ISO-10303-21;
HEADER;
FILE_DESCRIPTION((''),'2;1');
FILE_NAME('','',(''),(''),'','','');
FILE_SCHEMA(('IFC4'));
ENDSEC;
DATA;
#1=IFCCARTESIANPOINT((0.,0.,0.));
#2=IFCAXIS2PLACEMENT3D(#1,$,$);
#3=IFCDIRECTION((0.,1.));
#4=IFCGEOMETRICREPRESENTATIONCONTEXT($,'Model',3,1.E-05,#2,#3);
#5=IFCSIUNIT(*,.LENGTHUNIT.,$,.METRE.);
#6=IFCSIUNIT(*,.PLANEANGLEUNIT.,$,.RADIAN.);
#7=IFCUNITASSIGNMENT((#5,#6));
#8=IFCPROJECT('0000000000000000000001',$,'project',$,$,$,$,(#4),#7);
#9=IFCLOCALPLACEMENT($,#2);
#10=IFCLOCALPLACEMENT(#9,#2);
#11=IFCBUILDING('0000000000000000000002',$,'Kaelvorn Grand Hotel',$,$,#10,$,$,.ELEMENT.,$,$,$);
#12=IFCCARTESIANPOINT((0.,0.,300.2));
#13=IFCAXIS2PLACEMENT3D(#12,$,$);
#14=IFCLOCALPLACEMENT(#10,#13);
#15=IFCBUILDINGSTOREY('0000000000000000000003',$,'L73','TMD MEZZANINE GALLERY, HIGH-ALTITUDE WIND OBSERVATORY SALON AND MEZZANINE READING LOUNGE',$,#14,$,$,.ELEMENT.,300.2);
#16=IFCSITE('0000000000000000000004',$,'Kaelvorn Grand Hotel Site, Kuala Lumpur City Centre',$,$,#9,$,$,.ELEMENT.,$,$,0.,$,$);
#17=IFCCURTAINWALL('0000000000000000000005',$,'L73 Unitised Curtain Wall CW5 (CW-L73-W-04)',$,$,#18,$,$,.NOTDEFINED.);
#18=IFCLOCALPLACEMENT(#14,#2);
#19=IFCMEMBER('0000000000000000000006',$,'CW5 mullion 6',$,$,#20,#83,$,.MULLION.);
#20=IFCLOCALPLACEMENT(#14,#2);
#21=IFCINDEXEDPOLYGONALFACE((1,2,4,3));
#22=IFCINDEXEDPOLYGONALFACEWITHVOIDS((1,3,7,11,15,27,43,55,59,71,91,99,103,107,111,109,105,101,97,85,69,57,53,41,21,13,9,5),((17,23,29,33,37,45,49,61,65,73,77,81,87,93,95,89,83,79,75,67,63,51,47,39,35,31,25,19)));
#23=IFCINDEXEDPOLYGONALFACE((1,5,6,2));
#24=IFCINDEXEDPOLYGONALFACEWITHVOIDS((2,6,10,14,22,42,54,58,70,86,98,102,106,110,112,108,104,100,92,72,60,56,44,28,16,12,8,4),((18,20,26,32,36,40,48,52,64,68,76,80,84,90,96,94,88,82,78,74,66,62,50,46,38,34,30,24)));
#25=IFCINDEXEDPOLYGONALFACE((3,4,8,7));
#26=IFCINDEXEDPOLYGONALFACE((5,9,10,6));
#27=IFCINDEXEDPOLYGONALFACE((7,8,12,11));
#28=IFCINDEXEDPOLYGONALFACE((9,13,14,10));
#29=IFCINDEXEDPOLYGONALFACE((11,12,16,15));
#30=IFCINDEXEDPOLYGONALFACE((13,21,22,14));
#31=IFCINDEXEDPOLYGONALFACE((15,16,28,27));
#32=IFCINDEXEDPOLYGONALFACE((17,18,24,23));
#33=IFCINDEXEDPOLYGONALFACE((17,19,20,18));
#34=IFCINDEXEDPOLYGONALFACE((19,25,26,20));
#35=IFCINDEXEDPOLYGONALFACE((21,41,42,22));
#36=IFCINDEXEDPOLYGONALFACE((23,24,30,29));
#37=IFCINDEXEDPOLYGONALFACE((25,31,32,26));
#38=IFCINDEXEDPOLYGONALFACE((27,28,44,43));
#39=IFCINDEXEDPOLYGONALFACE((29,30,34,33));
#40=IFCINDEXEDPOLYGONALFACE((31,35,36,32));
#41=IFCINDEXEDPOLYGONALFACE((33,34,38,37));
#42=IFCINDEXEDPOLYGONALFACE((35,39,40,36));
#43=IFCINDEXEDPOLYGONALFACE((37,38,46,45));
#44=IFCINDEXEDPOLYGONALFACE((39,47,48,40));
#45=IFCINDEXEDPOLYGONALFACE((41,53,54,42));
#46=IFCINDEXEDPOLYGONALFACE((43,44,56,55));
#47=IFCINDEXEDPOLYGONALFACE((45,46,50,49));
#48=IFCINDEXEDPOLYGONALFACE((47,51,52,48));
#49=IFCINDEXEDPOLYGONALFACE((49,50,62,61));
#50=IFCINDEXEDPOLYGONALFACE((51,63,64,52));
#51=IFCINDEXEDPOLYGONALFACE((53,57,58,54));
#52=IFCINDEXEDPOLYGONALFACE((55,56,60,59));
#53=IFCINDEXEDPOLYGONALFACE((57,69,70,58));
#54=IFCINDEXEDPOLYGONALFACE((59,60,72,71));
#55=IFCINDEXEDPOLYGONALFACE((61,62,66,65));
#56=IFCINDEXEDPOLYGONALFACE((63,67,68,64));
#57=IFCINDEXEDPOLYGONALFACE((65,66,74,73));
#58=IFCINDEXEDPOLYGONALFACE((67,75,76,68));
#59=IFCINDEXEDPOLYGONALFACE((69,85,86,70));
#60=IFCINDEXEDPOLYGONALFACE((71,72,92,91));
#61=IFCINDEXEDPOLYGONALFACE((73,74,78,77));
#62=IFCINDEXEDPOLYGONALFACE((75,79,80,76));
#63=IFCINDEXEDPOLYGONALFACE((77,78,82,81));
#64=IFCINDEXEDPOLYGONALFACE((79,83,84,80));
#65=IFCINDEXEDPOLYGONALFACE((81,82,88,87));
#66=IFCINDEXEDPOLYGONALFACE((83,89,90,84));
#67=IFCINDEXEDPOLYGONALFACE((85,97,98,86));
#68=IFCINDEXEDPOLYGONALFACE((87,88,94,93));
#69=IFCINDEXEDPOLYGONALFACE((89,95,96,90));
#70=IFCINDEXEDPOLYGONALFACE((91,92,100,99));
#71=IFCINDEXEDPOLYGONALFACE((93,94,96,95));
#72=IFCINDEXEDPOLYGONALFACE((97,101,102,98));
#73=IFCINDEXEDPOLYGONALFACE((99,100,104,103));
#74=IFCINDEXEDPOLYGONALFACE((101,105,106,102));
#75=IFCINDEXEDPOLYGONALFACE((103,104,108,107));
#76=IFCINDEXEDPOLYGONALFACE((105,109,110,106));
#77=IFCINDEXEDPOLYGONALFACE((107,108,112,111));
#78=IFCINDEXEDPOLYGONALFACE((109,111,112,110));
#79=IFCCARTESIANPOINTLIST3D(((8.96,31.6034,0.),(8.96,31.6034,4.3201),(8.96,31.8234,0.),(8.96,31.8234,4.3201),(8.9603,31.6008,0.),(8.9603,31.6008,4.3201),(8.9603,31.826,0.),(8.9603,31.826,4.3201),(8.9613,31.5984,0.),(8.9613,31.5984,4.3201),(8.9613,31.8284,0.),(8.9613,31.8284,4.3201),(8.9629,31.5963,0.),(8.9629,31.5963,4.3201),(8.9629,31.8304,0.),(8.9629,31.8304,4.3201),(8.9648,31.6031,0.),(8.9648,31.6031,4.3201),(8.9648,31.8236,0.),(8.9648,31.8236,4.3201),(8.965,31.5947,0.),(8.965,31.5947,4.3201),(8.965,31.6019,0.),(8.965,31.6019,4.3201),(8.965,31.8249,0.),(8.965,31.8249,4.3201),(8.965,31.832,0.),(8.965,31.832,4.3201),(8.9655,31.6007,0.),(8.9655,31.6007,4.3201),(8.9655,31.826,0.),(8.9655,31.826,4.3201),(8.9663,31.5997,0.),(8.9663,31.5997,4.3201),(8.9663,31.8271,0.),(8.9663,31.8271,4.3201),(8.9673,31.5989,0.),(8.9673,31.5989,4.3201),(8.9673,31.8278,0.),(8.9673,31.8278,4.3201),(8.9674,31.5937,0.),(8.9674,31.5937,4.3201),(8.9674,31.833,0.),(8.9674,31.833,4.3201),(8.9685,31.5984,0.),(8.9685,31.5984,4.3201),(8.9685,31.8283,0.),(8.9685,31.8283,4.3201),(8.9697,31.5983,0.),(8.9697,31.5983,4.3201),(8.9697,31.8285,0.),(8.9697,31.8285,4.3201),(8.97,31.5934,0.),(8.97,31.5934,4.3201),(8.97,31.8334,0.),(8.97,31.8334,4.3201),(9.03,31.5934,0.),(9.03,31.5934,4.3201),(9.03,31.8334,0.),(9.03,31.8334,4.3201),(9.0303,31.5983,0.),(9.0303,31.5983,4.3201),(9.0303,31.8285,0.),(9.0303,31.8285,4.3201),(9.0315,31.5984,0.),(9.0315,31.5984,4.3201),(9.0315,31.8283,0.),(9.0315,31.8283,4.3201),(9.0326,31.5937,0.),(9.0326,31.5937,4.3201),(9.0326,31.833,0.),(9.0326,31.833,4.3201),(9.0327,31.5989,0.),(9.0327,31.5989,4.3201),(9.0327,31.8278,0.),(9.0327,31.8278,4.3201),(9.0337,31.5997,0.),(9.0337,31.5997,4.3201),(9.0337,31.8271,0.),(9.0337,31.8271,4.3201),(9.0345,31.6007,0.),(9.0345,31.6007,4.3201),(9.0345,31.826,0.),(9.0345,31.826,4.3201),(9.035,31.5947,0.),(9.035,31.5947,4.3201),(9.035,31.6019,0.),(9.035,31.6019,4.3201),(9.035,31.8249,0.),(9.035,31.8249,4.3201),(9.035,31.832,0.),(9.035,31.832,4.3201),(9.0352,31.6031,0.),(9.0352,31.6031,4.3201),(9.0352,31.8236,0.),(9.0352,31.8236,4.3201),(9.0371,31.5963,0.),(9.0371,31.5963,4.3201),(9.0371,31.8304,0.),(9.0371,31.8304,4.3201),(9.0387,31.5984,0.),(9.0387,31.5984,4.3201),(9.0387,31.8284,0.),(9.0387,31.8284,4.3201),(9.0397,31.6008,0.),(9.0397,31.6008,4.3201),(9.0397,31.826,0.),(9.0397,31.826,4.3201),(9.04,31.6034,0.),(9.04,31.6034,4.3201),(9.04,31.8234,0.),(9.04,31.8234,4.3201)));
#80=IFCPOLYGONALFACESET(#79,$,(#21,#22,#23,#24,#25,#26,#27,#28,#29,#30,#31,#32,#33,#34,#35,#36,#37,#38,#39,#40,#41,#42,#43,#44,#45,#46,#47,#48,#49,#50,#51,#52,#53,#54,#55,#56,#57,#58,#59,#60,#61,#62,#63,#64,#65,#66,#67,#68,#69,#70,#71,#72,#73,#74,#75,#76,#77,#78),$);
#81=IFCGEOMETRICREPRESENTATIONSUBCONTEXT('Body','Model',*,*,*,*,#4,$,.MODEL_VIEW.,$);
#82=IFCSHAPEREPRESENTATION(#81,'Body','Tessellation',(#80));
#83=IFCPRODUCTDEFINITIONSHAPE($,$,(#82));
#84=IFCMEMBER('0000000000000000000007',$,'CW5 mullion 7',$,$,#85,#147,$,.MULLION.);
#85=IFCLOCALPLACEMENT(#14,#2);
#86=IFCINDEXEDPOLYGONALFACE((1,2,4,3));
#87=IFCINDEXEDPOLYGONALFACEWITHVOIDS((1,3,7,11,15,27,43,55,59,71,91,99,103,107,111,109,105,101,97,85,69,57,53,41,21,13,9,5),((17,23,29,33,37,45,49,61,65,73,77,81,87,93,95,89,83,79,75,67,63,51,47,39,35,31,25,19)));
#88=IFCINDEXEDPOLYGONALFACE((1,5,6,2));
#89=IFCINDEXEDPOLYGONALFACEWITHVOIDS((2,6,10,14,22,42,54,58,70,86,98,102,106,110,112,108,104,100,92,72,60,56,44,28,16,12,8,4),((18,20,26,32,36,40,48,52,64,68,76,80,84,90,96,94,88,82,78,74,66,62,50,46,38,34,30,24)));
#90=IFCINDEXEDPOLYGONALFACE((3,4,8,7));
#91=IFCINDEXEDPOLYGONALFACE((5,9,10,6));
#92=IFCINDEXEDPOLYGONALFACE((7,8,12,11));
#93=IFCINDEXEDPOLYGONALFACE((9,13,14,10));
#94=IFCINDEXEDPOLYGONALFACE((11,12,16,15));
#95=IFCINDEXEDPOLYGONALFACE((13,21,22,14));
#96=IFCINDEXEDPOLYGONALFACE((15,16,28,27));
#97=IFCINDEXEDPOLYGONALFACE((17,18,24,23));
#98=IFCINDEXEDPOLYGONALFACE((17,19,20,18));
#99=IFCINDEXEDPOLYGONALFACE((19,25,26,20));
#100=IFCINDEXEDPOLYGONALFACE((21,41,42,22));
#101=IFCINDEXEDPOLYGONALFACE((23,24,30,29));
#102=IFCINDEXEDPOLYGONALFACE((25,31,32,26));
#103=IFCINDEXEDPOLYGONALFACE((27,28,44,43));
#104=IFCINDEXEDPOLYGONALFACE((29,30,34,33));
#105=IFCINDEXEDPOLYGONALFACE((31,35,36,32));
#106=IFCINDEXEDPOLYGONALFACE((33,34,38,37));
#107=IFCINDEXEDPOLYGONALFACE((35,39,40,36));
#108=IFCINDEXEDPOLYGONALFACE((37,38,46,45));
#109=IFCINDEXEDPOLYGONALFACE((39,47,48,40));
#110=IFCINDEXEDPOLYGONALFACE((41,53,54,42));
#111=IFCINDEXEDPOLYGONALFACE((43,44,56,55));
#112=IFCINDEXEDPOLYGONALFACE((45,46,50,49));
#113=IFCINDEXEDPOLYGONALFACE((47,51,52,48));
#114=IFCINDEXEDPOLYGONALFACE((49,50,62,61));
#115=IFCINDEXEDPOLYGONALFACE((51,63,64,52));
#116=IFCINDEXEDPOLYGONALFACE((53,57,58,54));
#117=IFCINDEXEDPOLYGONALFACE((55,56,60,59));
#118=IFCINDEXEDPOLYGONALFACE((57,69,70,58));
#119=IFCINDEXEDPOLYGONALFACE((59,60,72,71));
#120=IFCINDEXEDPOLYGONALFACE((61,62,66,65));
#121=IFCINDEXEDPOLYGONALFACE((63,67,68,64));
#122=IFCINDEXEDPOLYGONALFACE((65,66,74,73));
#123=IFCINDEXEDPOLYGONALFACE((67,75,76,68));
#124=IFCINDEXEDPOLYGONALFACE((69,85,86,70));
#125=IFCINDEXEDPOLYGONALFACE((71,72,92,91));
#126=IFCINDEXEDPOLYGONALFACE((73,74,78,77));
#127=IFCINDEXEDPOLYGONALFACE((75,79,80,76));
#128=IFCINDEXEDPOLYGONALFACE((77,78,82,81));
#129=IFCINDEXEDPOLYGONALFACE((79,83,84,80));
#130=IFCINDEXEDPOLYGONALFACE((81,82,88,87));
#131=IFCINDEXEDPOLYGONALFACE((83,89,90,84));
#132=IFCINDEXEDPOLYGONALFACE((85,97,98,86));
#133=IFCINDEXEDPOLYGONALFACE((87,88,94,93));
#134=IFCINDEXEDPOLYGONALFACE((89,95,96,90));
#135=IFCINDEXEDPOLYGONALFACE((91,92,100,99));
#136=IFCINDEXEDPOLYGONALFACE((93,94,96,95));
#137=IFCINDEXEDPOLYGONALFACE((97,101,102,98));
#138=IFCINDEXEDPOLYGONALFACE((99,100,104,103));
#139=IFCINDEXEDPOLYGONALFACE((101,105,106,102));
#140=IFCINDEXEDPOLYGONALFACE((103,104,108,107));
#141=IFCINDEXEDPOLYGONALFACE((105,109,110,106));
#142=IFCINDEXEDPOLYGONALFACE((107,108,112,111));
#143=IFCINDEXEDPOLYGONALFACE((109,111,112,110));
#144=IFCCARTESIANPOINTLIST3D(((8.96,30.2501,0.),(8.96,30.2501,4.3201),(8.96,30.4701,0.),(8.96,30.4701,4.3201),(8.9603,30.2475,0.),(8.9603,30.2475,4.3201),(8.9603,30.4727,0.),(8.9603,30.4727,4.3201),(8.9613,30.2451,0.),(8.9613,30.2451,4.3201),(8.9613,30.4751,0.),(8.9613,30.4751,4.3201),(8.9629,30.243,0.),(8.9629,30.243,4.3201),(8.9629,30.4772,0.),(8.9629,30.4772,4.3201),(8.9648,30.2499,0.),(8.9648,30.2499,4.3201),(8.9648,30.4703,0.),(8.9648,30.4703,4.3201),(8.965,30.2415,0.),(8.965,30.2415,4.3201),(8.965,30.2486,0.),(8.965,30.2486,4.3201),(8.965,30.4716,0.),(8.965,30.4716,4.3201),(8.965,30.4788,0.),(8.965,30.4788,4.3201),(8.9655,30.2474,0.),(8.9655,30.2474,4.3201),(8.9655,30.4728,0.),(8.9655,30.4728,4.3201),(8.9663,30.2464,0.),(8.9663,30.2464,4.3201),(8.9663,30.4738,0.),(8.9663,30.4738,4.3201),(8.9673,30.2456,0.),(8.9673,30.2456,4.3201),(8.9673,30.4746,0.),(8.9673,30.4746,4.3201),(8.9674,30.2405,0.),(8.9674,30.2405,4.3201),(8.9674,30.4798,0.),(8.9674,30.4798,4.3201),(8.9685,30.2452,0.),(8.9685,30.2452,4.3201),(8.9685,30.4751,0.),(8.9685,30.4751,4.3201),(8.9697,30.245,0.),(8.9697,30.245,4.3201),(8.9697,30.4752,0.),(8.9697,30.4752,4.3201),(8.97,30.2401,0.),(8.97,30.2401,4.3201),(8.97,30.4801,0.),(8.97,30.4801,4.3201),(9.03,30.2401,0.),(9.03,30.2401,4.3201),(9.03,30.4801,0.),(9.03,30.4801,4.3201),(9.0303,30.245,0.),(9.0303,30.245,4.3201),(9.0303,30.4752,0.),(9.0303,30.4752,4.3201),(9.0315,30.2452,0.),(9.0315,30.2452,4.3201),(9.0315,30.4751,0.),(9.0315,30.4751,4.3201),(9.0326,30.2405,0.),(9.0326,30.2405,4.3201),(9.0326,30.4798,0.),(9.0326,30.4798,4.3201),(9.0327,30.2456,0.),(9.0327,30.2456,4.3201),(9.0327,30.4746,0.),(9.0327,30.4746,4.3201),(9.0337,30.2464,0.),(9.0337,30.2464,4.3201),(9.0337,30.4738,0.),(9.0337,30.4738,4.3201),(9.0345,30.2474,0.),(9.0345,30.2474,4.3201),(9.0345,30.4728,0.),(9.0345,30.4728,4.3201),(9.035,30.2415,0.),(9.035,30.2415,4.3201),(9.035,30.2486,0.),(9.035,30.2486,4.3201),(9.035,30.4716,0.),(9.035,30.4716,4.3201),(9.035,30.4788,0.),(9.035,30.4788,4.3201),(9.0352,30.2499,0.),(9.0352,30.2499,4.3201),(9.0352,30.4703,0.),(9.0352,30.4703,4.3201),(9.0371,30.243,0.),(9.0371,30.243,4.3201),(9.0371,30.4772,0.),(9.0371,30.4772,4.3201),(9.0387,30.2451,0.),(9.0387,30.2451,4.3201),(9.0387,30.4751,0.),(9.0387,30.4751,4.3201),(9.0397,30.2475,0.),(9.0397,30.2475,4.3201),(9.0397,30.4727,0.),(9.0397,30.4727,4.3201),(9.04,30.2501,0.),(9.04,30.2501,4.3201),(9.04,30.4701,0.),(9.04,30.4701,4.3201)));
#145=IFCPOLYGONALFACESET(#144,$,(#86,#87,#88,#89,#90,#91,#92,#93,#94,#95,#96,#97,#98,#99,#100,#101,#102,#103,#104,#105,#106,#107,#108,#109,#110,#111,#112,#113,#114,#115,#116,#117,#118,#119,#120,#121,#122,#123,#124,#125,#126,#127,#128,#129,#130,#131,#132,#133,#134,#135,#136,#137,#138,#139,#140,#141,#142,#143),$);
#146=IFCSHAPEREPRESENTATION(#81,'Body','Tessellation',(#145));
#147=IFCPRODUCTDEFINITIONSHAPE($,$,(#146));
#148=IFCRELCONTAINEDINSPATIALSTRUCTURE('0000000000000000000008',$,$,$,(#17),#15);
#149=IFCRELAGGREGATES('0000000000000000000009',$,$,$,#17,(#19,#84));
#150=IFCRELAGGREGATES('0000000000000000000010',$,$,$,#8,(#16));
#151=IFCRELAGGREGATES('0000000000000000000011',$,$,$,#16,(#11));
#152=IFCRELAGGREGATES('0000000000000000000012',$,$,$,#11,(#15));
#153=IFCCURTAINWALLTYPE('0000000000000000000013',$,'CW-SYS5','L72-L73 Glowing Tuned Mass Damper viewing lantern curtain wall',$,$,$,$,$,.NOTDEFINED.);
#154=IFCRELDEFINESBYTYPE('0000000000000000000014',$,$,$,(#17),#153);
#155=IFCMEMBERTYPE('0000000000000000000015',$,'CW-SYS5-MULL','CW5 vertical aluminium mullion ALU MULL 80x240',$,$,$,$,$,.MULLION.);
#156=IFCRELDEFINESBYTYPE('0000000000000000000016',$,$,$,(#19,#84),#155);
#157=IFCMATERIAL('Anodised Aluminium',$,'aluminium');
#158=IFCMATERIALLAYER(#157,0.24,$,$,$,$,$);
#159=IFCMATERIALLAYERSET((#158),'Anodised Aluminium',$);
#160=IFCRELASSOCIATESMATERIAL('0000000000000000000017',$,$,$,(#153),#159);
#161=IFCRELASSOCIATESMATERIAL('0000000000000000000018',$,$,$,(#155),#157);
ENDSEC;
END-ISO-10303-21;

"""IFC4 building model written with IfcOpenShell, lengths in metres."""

from ifc_helpers import new_model, si_unit, direction, frame, origin, origin_2d, place, context, subcontext, project, spatial, hollow_rectangle, extrude, material, layer, layer_set, material_profile, profile_set, type_object, element, aggregate, save


model = new_model("IFC4")

# Units and contexts
model_context = context("Model", 3, precision=1e-05, world=origin(), true_north=direction((0.0, 1.0)))
body_context = subcontext(model_context, "Body", "Model", "MODEL_VIEW")
ifc_project = project(units=[si_unit("LENGTHUNIT", "METRE"), si_unit("PLANEANGLEUNIT", "RADIAN")], contexts=[model_context])

# Site, building, storey
site_placement = place(None, origin())
site = spatial("IfcSite", under=ifc_project, at=site_placement, Name="Kaelvorn Grand Hotel Site, Kuala Lumpur City Centre", CompositionType="ELEMENT", RefElevation=0.0)
building_placement = place(site_placement, origin())
building = spatial("IfcBuilding", under=site, at=building_placement, Name="Kaelvorn Grand Hotel", CompositionType="ELEMENT")
storey_placement = place(building_placement, frame((0.0, 0.0, 300.2)))
storey = spatial("IfcBuildingStorey", under=building, at=storey_placement, Name="L73", Description="TMD MEZZANINE GALLERY, HIGH-ALTITUDE WIND OBSERVATORY SALON AND MEZZANINE READING LOUNGE", CompositionType="ELEMENT", Elevation=300.2)

# Curtain wall, members
ifc_material_1 = material(Name="Anodised Aluminium", Category="aluminium")
ifc_layer_1 = layer(ifc_material_1, 0.24)
ifc_layer_set_1 = layer_set([ifc_layer_1], Name="Anodised Aluminium")
curtain_wall_type = type_object("IfcCurtainWallType", Name="CW-SYS5", Description="L72-L73 Glowing Tuned Mass Damper viewing lantern curtain wall", PredefinedType="NOTDEFINED", material=ifc_layer_set_1)
curtain_wall_placement = place(storey_placement, origin())
curtain_wall = element("IfcCurtainWall", 1, at=curtain_wall_placement, inside=storey, type_object=curtain_wall_type, Name="L73 Unitised Curtain Wall CW5 (CW-L73-W-04)", PredefinedType="NOTDEFINED")
ifc_material_profile_1 = material_profile(ifc_material_1, hollow_rectangle(XDim=0.0801, YDim=0.24, WallThickness=0.0049, InnerFilletRadius=0.0049, OuterFilletRadius=0.01, at=origin_2d()), Name="ALU MULL 80x240")
ifc_profile_set_1 = profile_set([ifc_material_profile_1], Name="Anodised Aluminium")
member_type_1 = type_object("IfcMemberType", Name="CW-SYS5-MULL", Description="CW5 vertical aluminium mullion ALU MULL 80x240", PredefinedType="MULLION", material=ifc_profile_set_1)
member_1_placement = place(storey_placement, frame((9.0, 31.7134, 0.0), z_axis=(0.0, 0.0, 1.0), x_axis=(1.0, 0.0, 0.0)))
member_1 = element("IfcMember", 2, at=member_1_placement, type_object=member_type_1, Name="CW5 mullion 6", PredefinedType="MULLION", context=body_context, shape_type="SweptSolid", body=[
    extrude(hollow_rectangle(XDim=0.0801, YDim=0.24, WallThickness=0.0049, InnerFilletRadius=0.0049, OuterFilletRadius=0.01, at=origin_2d()), origin(), (0.0, 0.0, 1.0), 4.3201),
])
member_2_placement = place(storey_placement, frame((9.0, 30.3601, 0.0), z_axis=(0.0, 0.0, 1.0), x_axis=(1.0, 0.0, 0.0)))
member_2 = element("IfcMember", 3, at=member_2_placement, type_object=member_type_1, Name="CW5 mullion 7", PredefinedType="MULLION", context=body_context, shape_type="SweptSolid", body=[
    extrude(hollow_rectangle(XDim=0.0801, YDim=0.24, WallThickness=0.0049, InnerFilletRadius=0.0049, OuterFilletRadius=0.01, at=origin_2d()), origin(), (0.0, 0.0, 1.0), 4.3201),
])
aggregate(curtain_wall, [member_1, member_2])

save(model, "model.ifc")
